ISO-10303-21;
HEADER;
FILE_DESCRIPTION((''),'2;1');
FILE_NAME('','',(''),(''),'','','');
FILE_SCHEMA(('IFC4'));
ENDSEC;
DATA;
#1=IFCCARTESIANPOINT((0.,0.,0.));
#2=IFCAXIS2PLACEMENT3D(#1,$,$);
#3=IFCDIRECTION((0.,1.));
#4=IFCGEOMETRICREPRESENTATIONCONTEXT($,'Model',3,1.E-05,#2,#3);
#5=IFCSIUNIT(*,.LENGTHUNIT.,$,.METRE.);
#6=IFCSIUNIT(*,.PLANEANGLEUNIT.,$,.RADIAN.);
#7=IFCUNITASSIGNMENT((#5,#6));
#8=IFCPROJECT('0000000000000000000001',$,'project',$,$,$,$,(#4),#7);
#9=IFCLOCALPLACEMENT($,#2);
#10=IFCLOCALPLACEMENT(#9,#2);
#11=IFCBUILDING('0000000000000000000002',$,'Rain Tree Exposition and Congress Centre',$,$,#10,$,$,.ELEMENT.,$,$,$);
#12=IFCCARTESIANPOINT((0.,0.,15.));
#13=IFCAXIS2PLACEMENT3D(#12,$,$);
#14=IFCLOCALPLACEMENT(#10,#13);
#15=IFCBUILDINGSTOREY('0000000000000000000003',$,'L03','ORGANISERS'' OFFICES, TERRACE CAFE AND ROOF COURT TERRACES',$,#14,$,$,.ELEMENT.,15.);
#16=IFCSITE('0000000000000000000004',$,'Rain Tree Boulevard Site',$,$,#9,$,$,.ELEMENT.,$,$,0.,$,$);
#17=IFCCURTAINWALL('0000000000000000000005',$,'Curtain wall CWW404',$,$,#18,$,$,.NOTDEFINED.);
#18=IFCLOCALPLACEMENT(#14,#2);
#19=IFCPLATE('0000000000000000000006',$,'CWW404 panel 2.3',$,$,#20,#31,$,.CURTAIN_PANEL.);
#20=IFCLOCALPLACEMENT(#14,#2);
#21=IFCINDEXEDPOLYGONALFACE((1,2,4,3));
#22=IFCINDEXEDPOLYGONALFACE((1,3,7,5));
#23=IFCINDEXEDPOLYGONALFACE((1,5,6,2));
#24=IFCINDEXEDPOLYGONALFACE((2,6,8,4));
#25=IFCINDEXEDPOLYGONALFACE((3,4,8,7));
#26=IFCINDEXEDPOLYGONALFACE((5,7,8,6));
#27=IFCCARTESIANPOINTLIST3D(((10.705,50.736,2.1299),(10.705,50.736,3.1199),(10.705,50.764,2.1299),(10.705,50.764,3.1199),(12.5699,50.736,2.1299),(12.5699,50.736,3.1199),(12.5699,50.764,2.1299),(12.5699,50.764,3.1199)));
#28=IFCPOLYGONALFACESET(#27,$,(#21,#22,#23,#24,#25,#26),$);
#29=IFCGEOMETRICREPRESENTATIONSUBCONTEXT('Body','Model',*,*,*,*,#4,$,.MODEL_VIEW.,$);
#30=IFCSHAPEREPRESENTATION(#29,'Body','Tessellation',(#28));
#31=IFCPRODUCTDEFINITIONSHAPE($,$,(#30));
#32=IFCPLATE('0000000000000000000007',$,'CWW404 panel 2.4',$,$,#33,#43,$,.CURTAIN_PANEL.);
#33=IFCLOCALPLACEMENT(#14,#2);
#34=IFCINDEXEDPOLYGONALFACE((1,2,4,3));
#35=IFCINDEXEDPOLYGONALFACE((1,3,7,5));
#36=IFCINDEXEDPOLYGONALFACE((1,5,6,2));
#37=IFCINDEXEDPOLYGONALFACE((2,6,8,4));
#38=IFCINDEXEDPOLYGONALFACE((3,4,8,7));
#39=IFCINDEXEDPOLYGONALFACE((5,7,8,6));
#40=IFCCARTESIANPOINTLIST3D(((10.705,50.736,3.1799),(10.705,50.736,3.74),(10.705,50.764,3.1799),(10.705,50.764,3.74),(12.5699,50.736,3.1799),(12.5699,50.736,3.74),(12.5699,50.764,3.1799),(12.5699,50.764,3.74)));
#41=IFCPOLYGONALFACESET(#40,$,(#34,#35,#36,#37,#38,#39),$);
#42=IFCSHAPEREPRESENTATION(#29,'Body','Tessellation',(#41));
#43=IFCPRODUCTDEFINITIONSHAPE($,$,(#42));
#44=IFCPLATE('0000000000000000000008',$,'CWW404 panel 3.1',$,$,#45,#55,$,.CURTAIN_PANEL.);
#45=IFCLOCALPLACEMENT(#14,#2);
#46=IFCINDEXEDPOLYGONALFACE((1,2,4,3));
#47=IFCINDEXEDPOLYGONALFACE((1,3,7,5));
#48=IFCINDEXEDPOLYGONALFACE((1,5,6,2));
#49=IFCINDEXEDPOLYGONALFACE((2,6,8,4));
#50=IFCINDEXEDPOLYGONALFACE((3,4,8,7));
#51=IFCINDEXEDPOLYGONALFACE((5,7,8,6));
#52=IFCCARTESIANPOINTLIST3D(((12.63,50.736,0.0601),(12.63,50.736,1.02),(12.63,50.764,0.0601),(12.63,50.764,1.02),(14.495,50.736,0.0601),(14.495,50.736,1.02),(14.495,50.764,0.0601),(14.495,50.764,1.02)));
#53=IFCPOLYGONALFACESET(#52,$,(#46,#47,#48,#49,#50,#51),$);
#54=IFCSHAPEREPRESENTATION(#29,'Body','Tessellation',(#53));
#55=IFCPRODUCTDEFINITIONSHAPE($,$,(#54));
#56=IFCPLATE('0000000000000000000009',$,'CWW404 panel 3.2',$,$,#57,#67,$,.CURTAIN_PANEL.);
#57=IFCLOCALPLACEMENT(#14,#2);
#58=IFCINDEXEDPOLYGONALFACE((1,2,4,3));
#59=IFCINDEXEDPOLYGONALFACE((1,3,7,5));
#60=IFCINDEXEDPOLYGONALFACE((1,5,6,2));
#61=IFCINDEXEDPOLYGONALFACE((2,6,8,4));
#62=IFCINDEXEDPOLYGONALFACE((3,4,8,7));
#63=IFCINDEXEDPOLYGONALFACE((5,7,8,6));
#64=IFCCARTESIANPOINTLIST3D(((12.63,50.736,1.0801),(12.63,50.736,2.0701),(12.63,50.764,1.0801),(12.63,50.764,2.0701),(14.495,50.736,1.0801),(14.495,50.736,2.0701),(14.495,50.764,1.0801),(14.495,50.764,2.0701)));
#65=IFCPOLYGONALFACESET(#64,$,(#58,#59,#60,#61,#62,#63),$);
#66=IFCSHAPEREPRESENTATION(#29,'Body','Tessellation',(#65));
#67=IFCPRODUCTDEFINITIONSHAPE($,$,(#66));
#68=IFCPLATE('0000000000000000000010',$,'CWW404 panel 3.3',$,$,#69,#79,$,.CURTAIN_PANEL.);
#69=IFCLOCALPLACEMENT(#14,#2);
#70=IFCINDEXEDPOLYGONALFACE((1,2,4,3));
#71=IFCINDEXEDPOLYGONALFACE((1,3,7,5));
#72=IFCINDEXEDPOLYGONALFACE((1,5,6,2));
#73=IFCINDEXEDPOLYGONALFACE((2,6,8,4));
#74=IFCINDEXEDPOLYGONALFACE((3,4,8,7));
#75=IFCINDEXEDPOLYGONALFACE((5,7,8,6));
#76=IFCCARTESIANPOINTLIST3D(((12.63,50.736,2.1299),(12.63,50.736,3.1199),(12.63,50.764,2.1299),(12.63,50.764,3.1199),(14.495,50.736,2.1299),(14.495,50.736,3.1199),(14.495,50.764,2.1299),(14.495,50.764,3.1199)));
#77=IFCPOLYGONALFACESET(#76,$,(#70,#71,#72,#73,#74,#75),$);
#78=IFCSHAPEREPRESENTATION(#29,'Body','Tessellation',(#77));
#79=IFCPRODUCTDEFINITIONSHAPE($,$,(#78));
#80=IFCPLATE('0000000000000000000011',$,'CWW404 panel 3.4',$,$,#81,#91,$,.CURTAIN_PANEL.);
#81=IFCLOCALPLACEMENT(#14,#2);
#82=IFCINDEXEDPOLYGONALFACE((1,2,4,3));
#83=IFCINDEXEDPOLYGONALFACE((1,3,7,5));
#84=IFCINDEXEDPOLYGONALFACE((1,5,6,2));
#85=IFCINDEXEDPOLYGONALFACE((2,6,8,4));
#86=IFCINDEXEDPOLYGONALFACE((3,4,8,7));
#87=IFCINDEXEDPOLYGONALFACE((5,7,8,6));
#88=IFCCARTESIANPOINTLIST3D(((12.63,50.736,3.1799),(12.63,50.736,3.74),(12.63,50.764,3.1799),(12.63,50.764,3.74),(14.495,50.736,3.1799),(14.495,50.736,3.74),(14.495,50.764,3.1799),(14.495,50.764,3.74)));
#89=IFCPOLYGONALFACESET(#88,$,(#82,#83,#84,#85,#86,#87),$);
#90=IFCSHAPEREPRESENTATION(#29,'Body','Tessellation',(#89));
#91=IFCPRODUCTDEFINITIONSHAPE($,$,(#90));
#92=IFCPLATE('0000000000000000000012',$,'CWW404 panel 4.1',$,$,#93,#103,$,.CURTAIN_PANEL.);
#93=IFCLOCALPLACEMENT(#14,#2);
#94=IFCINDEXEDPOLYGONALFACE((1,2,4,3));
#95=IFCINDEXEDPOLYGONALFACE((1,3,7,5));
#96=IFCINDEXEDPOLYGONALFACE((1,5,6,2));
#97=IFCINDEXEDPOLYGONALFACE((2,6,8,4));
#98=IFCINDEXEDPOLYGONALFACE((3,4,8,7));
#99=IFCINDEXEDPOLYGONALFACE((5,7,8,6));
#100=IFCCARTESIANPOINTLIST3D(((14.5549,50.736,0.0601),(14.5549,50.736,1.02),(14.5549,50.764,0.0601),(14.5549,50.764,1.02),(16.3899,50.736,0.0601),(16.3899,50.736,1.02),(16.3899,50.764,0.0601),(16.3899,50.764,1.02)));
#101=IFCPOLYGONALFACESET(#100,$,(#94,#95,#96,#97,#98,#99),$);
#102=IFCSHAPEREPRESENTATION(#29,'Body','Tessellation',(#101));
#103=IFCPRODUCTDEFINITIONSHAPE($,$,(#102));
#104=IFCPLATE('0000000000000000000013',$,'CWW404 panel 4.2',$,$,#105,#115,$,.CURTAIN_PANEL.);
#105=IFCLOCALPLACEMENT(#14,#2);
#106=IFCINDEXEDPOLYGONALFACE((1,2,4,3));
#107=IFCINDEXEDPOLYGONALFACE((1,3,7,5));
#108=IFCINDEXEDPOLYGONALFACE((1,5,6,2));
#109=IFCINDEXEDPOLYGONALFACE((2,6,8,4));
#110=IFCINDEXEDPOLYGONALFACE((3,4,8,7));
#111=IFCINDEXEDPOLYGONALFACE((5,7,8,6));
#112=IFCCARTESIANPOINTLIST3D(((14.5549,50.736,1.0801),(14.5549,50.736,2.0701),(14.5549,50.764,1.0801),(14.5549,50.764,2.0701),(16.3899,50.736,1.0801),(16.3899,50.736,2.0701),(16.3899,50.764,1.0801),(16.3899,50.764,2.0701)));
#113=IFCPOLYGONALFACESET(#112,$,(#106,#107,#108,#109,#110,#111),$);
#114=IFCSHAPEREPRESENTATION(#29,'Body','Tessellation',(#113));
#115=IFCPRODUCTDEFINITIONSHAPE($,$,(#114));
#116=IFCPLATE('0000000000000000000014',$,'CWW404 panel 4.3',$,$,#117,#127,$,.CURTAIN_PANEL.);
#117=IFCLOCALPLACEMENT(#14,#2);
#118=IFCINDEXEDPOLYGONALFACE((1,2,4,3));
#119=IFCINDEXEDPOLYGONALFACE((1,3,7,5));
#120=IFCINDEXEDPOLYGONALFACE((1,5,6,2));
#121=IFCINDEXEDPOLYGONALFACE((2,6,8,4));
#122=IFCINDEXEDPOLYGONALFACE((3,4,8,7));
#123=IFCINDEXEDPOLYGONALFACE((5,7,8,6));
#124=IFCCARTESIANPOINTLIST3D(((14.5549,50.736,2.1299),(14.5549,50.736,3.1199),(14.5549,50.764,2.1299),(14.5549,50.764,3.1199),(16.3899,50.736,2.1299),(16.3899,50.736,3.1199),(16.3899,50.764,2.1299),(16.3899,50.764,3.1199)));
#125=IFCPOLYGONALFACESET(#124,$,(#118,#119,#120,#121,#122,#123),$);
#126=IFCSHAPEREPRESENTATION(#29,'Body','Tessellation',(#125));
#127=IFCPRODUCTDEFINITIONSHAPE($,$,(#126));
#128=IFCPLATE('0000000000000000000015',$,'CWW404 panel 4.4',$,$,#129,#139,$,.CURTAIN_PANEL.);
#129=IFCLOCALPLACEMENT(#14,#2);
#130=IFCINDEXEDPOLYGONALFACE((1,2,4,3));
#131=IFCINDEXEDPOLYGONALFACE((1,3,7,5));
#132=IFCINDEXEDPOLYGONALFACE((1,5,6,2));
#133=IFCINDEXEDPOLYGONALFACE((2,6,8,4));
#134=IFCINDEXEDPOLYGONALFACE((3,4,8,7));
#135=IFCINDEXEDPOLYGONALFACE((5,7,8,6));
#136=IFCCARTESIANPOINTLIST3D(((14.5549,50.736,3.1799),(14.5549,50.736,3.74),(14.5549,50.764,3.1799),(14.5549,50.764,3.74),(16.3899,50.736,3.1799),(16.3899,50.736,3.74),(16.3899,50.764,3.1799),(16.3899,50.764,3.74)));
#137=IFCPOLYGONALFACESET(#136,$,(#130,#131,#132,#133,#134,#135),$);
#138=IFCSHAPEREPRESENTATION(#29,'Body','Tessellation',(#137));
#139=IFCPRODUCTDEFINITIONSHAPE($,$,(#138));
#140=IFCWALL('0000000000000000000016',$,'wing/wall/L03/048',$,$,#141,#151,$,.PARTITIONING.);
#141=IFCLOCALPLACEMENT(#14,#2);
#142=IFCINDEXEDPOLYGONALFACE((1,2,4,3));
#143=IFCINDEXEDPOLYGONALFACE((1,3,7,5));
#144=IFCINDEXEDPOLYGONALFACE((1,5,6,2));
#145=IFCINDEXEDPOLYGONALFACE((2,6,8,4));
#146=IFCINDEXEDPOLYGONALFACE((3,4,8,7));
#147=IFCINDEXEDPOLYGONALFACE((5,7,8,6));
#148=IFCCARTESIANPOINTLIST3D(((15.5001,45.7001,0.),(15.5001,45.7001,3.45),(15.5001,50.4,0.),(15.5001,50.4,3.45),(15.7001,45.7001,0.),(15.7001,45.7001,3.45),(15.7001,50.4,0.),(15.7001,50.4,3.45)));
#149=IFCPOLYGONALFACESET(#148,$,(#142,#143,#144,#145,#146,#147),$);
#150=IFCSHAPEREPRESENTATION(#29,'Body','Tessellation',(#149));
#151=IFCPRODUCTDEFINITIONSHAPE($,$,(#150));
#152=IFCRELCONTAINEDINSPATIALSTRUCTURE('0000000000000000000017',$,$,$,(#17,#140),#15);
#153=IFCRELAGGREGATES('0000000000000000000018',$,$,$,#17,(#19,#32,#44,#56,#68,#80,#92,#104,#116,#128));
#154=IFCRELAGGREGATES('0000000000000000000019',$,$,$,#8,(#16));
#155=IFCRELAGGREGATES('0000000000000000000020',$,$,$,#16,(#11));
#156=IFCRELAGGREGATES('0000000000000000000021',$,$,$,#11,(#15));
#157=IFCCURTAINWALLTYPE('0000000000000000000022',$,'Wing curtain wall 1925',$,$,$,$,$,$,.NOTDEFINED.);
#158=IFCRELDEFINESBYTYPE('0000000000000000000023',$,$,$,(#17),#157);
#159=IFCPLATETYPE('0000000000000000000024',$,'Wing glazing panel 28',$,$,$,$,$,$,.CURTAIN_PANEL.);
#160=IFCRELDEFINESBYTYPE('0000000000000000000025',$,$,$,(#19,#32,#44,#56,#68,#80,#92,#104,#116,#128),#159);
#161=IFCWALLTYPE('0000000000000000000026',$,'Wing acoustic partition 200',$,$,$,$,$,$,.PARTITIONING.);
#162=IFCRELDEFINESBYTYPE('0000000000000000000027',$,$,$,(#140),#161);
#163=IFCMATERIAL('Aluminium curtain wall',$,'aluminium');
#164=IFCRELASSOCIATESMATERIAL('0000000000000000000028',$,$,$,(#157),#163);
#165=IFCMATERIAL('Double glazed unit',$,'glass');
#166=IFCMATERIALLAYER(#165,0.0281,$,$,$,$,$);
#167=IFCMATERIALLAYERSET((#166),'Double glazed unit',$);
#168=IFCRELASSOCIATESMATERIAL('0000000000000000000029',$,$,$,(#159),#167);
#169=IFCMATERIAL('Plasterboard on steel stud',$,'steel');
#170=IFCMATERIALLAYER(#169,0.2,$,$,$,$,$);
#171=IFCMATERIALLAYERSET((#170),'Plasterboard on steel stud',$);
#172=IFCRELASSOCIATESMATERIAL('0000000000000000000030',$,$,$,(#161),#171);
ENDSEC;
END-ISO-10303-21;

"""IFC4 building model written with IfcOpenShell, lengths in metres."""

from ifc_helpers import new_model, si_unit, direction, frame, frame_2d, origin, origin_2d, place, context, subcontext, project, spatial, rectangle, extrude, material, layer, layer_set, type_object, element, aggregate, save


model = new_model("IFC4")

# Units and contexts
model_context = context("Model", 3, precision=1e-05, world=origin(), true_north=direction((0.0, 1.0)))
body_context = subcontext(model_context, "Body", "Model", "MODEL_VIEW")
ifc_project = project(units=[si_unit("LENGTHUNIT", "METRE"), si_unit("PLANEANGLEUNIT", "RADIAN")], contexts=[model_context])

# Site, building, storey
site_placement = place(None, origin())
site = spatial("IfcSite", under=ifc_project, at=site_placement, Name="Rain Tree Boulevard Site", CompositionType="ELEMENT", RefElevation=0.0)
building_placement = place(site_placement, origin())
building = spatial("IfcBuilding", under=site, at=building_placement, Name="Rain Tree Exposition and Congress Centre", CompositionType="ELEMENT")
storey_placement = place(building_placement, frame((0.0, 0.0, 15.0)))
storey = spatial("IfcBuildingStorey", under=building, at=storey_placement, Name="L03", Description="ORGANISERS' OFFICES, TERRACE CAFE AND ROOF COURT TERRACES", CompositionType="ELEMENT", Elevation=15.0)

# Curtain wall, plates
ifc_material_1 = material(Name="Aluminium curtain wall", Category="aluminium")
curtain_wall_type = type_object("IfcCurtainWallType", Name="Wing curtain wall 1925", PredefinedType="NOTDEFINED", material=ifc_material_1)
curtain_wall_placement = place(storey_placement, origin())
curtain_wall = element("IfcCurtainWall", 1, at=curtain_wall_placement, inside=storey, type_object=curtain_wall_type, Name="Curtain wall CWW404", PredefinedType="NOTDEFINED")
ifc_material_2 = material(Name="Double glazed unit", Category="glass")
ifc_layer_1 = layer(ifc_material_2, 0.0281)
ifc_layer_set_1 = layer_set([ifc_layer_1], Name="Double glazed unit")
plate_type = type_object("IfcPlateType", Name="Wing glazing panel 28", PredefinedType="CURTAIN_PANEL", material=ifc_layer_set_1)
plate_1_placement = place(storey_placement, frame((11.6375, 50.75, 2.1299), z_axis=(0.0, 0.0, 1.0), x_axis=(1.0, 0.0, 0.0)))
plate_1 = element("IfcPlate", 2, at=plate_1_placement, type_object=plate_type, Name="CWW404 panel 2.3", PredefinedType="CURTAIN_PANEL", context=body_context, shape_type="SweptSolid", body=[
    extrude(rectangle(XDim=1.865, YDim=0.0281, at=origin_2d()), origin(), (0.0, 0.0, 1.0), 0.99),
])
plate_2_placement = place(storey_placement, frame((11.6375, 50.75, 3.1799), z_axis=(0.0, 0.0, 1.0), x_axis=(1.0, 0.0, 0.0)))
plate_2 = element("IfcPlate", 3, at=plate_2_placement, type_object=plate_type, Name="CWW404 panel 2.4", PredefinedType="CURTAIN_PANEL", context=body_context, shape_type="SweptSolid", body=[
    extrude(rectangle(XDim=1.865, YDim=0.0281, at=origin_2d()), origin(), (0.0, 0.0, 1.0), 0.5601),
])
plate_3_placement = place(storey_placement, frame((13.5625, 50.75, 0.0601), z_axis=(0.0, 0.0, 1.0), x_axis=(1.0, 0.0, 0.0)))
plate_3 = element("IfcPlate", 4, at=plate_3_placement, type_object=plate_type, Name="CWW404 panel 3.1", PredefinedType="CURTAIN_PANEL", context=body_context, shape_type="SweptSolid", body=[
    extrude(rectangle(XDim=1.865, YDim=0.0281, at=origin_2d()), origin(), (0.0, 0.0, 1.0), 0.96),
])
plate_4_placement = place(storey_placement, frame((13.5625, 50.75, 1.0801), z_axis=(0.0, 0.0, 1.0), x_axis=(1.0, 0.0, 0.0)))
plate_4 = element("IfcPlate", 5, at=plate_4_placement, type_object=plate_type, Name="CWW404 panel 3.2", PredefinedType="CURTAIN_PANEL", context=body_context, shape_type="SweptSolid", body=[
    extrude(rectangle(XDim=1.865, YDim=0.0281, at=origin_2d()), origin(), (0.0, 0.0, 1.0), 0.99),
])
plate_5_placement = place(storey_placement, frame((13.5625, 50.75, 2.1299), z_axis=(0.0, 0.0, 1.0), x_axis=(1.0, 0.0, 0.0)))
plate_5 = element("IfcPlate", 6, at=plate_5_placement, type_object=plate_type, Name="CWW404 panel 3.3", PredefinedType="CURTAIN_PANEL", context=body_context, shape_type="SweptSolid", body=[
    extrude(rectangle(XDim=1.865, YDim=0.0281, at=origin_2d()), origin(), (0.0, 0.0, 1.0), 0.99),
])
plate_6_placement = place(storey_placement, frame((13.5625, 50.75, 3.1799), z_axis=(0.0, 0.0, 1.0), x_axis=(1.0, 0.0, 0.0)))
plate_6 = element("IfcPlate", 7, at=plate_6_placement, type_object=plate_type, Name="CWW404 panel 3.4", PredefinedType="CURTAIN_PANEL", context=body_context, shape_type="SweptSolid", body=[
    extrude(rectangle(XDim=1.865, YDim=0.0281, at=origin_2d()), origin(), (0.0, 0.0, 1.0), 0.5601),
])
plate_7_placement = place(storey_placement, frame((15.4724, 50.75, 0.0601), z_axis=(0.0, 0.0, 1.0), x_axis=(1.0, 0.0, 0.0)))
plate_7 = element("IfcPlate", 8, at=plate_7_placement, type_object=plate_type, Name="CWW404 panel 4.1", PredefinedType="CURTAIN_PANEL", context=body_context, shape_type="SweptSolid", body=[
    extrude(rectangle(XDim=1.835, YDim=0.0281, at=origin_2d()), origin(), (0.0, 0.0, 1.0), 0.96),
])
plate_8_placement = place(storey_placement, frame((15.4724, 50.75, 1.0801), z_axis=(0.0, 0.0, 1.0), x_axis=(1.0, 0.0, 0.0)))
plate_8 = element("IfcPlate", 9, at=plate_8_placement, type_object=plate_type, Name="CWW404 panel 4.2", PredefinedType="CURTAIN_PANEL", context=body_context, shape_type="SweptSolid", body=[
    extrude(rectangle(XDim=1.835, YDim=0.0281, at=origin_2d()), origin(), (0.0, 0.0, 1.0), 0.99),
])
plate_9_placement = place(storey_placement, frame((15.4724, 50.75, 2.1299), z_axis=(0.0, 0.0, 1.0), x_axis=(1.0, 0.0, 0.0)))
plate_9 = element("IfcPlate", 10, at=plate_9_placement, type_object=plate_type, Name="CWW404 panel 4.3", PredefinedType="CURTAIN_PANEL", context=body_context, shape_type="SweptSolid", body=[
    extrude(rectangle(XDim=1.835, YDim=0.0281, at=origin_2d()), origin(), (0.0, 0.0, 1.0), 0.99),
])
plate_10_placement = place(storey_placement, frame((15.4724, 50.75, 3.1799), z_axis=(0.0, 0.0, 1.0), x_axis=(1.0, 0.0, 0.0)))
plate_10 = element("IfcPlate", 11, at=plate_10_placement, type_object=plate_type, Name="CWW404 panel 4.4", PredefinedType="CURTAIN_PANEL", context=body_context, shape_type="SweptSolid", body=[
    extrude(rectangle(XDim=1.835, YDim=0.0281, at=origin_2d()), origin(), (0.0, 0.0, 1.0), 0.5601),
])
aggregate(curtain_wall, [plate_1, plate_2, plate_3, plate_4, plate_5, plate_6, plate_7, plate_8, plate_9, plate_10])

# Wall
ifc_material_3 = material(Name="Plasterboard on steel stud", Category="steel")
ifc_layer_2 = layer(ifc_material_3, 0.2)
ifc_layer_set_2 = layer_set([ifc_layer_2], Name="Plasterboard on steel stud")
wall_type = type_object("IfcWallType", Name="Wing acoustic partition 200", PredefinedType="PARTITIONING", material=ifc_layer_set_2)
wall_placement = place(storey_placement, frame((15.6001, 45.7, 0.0), z_axis=(0.0, 0.0, 1.0), x_axis=(0.0, 1.0, 0.0)))
element("IfcWall", 12, at=wall_placement, inside=storey, type_object=wall_type, Name="wing/wall/L03/048", PredefinedType="PARTITIONING", context=body_context, shape_type="SweptSolid", body=[
    extrude(rectangle(XDim=4.7, YDim=0.2, at=frame_2d((2.3501, 0.0))), origin(), (0.0, 0.0, 1.0), 3.45),
])

save(model, "model.ifc")
